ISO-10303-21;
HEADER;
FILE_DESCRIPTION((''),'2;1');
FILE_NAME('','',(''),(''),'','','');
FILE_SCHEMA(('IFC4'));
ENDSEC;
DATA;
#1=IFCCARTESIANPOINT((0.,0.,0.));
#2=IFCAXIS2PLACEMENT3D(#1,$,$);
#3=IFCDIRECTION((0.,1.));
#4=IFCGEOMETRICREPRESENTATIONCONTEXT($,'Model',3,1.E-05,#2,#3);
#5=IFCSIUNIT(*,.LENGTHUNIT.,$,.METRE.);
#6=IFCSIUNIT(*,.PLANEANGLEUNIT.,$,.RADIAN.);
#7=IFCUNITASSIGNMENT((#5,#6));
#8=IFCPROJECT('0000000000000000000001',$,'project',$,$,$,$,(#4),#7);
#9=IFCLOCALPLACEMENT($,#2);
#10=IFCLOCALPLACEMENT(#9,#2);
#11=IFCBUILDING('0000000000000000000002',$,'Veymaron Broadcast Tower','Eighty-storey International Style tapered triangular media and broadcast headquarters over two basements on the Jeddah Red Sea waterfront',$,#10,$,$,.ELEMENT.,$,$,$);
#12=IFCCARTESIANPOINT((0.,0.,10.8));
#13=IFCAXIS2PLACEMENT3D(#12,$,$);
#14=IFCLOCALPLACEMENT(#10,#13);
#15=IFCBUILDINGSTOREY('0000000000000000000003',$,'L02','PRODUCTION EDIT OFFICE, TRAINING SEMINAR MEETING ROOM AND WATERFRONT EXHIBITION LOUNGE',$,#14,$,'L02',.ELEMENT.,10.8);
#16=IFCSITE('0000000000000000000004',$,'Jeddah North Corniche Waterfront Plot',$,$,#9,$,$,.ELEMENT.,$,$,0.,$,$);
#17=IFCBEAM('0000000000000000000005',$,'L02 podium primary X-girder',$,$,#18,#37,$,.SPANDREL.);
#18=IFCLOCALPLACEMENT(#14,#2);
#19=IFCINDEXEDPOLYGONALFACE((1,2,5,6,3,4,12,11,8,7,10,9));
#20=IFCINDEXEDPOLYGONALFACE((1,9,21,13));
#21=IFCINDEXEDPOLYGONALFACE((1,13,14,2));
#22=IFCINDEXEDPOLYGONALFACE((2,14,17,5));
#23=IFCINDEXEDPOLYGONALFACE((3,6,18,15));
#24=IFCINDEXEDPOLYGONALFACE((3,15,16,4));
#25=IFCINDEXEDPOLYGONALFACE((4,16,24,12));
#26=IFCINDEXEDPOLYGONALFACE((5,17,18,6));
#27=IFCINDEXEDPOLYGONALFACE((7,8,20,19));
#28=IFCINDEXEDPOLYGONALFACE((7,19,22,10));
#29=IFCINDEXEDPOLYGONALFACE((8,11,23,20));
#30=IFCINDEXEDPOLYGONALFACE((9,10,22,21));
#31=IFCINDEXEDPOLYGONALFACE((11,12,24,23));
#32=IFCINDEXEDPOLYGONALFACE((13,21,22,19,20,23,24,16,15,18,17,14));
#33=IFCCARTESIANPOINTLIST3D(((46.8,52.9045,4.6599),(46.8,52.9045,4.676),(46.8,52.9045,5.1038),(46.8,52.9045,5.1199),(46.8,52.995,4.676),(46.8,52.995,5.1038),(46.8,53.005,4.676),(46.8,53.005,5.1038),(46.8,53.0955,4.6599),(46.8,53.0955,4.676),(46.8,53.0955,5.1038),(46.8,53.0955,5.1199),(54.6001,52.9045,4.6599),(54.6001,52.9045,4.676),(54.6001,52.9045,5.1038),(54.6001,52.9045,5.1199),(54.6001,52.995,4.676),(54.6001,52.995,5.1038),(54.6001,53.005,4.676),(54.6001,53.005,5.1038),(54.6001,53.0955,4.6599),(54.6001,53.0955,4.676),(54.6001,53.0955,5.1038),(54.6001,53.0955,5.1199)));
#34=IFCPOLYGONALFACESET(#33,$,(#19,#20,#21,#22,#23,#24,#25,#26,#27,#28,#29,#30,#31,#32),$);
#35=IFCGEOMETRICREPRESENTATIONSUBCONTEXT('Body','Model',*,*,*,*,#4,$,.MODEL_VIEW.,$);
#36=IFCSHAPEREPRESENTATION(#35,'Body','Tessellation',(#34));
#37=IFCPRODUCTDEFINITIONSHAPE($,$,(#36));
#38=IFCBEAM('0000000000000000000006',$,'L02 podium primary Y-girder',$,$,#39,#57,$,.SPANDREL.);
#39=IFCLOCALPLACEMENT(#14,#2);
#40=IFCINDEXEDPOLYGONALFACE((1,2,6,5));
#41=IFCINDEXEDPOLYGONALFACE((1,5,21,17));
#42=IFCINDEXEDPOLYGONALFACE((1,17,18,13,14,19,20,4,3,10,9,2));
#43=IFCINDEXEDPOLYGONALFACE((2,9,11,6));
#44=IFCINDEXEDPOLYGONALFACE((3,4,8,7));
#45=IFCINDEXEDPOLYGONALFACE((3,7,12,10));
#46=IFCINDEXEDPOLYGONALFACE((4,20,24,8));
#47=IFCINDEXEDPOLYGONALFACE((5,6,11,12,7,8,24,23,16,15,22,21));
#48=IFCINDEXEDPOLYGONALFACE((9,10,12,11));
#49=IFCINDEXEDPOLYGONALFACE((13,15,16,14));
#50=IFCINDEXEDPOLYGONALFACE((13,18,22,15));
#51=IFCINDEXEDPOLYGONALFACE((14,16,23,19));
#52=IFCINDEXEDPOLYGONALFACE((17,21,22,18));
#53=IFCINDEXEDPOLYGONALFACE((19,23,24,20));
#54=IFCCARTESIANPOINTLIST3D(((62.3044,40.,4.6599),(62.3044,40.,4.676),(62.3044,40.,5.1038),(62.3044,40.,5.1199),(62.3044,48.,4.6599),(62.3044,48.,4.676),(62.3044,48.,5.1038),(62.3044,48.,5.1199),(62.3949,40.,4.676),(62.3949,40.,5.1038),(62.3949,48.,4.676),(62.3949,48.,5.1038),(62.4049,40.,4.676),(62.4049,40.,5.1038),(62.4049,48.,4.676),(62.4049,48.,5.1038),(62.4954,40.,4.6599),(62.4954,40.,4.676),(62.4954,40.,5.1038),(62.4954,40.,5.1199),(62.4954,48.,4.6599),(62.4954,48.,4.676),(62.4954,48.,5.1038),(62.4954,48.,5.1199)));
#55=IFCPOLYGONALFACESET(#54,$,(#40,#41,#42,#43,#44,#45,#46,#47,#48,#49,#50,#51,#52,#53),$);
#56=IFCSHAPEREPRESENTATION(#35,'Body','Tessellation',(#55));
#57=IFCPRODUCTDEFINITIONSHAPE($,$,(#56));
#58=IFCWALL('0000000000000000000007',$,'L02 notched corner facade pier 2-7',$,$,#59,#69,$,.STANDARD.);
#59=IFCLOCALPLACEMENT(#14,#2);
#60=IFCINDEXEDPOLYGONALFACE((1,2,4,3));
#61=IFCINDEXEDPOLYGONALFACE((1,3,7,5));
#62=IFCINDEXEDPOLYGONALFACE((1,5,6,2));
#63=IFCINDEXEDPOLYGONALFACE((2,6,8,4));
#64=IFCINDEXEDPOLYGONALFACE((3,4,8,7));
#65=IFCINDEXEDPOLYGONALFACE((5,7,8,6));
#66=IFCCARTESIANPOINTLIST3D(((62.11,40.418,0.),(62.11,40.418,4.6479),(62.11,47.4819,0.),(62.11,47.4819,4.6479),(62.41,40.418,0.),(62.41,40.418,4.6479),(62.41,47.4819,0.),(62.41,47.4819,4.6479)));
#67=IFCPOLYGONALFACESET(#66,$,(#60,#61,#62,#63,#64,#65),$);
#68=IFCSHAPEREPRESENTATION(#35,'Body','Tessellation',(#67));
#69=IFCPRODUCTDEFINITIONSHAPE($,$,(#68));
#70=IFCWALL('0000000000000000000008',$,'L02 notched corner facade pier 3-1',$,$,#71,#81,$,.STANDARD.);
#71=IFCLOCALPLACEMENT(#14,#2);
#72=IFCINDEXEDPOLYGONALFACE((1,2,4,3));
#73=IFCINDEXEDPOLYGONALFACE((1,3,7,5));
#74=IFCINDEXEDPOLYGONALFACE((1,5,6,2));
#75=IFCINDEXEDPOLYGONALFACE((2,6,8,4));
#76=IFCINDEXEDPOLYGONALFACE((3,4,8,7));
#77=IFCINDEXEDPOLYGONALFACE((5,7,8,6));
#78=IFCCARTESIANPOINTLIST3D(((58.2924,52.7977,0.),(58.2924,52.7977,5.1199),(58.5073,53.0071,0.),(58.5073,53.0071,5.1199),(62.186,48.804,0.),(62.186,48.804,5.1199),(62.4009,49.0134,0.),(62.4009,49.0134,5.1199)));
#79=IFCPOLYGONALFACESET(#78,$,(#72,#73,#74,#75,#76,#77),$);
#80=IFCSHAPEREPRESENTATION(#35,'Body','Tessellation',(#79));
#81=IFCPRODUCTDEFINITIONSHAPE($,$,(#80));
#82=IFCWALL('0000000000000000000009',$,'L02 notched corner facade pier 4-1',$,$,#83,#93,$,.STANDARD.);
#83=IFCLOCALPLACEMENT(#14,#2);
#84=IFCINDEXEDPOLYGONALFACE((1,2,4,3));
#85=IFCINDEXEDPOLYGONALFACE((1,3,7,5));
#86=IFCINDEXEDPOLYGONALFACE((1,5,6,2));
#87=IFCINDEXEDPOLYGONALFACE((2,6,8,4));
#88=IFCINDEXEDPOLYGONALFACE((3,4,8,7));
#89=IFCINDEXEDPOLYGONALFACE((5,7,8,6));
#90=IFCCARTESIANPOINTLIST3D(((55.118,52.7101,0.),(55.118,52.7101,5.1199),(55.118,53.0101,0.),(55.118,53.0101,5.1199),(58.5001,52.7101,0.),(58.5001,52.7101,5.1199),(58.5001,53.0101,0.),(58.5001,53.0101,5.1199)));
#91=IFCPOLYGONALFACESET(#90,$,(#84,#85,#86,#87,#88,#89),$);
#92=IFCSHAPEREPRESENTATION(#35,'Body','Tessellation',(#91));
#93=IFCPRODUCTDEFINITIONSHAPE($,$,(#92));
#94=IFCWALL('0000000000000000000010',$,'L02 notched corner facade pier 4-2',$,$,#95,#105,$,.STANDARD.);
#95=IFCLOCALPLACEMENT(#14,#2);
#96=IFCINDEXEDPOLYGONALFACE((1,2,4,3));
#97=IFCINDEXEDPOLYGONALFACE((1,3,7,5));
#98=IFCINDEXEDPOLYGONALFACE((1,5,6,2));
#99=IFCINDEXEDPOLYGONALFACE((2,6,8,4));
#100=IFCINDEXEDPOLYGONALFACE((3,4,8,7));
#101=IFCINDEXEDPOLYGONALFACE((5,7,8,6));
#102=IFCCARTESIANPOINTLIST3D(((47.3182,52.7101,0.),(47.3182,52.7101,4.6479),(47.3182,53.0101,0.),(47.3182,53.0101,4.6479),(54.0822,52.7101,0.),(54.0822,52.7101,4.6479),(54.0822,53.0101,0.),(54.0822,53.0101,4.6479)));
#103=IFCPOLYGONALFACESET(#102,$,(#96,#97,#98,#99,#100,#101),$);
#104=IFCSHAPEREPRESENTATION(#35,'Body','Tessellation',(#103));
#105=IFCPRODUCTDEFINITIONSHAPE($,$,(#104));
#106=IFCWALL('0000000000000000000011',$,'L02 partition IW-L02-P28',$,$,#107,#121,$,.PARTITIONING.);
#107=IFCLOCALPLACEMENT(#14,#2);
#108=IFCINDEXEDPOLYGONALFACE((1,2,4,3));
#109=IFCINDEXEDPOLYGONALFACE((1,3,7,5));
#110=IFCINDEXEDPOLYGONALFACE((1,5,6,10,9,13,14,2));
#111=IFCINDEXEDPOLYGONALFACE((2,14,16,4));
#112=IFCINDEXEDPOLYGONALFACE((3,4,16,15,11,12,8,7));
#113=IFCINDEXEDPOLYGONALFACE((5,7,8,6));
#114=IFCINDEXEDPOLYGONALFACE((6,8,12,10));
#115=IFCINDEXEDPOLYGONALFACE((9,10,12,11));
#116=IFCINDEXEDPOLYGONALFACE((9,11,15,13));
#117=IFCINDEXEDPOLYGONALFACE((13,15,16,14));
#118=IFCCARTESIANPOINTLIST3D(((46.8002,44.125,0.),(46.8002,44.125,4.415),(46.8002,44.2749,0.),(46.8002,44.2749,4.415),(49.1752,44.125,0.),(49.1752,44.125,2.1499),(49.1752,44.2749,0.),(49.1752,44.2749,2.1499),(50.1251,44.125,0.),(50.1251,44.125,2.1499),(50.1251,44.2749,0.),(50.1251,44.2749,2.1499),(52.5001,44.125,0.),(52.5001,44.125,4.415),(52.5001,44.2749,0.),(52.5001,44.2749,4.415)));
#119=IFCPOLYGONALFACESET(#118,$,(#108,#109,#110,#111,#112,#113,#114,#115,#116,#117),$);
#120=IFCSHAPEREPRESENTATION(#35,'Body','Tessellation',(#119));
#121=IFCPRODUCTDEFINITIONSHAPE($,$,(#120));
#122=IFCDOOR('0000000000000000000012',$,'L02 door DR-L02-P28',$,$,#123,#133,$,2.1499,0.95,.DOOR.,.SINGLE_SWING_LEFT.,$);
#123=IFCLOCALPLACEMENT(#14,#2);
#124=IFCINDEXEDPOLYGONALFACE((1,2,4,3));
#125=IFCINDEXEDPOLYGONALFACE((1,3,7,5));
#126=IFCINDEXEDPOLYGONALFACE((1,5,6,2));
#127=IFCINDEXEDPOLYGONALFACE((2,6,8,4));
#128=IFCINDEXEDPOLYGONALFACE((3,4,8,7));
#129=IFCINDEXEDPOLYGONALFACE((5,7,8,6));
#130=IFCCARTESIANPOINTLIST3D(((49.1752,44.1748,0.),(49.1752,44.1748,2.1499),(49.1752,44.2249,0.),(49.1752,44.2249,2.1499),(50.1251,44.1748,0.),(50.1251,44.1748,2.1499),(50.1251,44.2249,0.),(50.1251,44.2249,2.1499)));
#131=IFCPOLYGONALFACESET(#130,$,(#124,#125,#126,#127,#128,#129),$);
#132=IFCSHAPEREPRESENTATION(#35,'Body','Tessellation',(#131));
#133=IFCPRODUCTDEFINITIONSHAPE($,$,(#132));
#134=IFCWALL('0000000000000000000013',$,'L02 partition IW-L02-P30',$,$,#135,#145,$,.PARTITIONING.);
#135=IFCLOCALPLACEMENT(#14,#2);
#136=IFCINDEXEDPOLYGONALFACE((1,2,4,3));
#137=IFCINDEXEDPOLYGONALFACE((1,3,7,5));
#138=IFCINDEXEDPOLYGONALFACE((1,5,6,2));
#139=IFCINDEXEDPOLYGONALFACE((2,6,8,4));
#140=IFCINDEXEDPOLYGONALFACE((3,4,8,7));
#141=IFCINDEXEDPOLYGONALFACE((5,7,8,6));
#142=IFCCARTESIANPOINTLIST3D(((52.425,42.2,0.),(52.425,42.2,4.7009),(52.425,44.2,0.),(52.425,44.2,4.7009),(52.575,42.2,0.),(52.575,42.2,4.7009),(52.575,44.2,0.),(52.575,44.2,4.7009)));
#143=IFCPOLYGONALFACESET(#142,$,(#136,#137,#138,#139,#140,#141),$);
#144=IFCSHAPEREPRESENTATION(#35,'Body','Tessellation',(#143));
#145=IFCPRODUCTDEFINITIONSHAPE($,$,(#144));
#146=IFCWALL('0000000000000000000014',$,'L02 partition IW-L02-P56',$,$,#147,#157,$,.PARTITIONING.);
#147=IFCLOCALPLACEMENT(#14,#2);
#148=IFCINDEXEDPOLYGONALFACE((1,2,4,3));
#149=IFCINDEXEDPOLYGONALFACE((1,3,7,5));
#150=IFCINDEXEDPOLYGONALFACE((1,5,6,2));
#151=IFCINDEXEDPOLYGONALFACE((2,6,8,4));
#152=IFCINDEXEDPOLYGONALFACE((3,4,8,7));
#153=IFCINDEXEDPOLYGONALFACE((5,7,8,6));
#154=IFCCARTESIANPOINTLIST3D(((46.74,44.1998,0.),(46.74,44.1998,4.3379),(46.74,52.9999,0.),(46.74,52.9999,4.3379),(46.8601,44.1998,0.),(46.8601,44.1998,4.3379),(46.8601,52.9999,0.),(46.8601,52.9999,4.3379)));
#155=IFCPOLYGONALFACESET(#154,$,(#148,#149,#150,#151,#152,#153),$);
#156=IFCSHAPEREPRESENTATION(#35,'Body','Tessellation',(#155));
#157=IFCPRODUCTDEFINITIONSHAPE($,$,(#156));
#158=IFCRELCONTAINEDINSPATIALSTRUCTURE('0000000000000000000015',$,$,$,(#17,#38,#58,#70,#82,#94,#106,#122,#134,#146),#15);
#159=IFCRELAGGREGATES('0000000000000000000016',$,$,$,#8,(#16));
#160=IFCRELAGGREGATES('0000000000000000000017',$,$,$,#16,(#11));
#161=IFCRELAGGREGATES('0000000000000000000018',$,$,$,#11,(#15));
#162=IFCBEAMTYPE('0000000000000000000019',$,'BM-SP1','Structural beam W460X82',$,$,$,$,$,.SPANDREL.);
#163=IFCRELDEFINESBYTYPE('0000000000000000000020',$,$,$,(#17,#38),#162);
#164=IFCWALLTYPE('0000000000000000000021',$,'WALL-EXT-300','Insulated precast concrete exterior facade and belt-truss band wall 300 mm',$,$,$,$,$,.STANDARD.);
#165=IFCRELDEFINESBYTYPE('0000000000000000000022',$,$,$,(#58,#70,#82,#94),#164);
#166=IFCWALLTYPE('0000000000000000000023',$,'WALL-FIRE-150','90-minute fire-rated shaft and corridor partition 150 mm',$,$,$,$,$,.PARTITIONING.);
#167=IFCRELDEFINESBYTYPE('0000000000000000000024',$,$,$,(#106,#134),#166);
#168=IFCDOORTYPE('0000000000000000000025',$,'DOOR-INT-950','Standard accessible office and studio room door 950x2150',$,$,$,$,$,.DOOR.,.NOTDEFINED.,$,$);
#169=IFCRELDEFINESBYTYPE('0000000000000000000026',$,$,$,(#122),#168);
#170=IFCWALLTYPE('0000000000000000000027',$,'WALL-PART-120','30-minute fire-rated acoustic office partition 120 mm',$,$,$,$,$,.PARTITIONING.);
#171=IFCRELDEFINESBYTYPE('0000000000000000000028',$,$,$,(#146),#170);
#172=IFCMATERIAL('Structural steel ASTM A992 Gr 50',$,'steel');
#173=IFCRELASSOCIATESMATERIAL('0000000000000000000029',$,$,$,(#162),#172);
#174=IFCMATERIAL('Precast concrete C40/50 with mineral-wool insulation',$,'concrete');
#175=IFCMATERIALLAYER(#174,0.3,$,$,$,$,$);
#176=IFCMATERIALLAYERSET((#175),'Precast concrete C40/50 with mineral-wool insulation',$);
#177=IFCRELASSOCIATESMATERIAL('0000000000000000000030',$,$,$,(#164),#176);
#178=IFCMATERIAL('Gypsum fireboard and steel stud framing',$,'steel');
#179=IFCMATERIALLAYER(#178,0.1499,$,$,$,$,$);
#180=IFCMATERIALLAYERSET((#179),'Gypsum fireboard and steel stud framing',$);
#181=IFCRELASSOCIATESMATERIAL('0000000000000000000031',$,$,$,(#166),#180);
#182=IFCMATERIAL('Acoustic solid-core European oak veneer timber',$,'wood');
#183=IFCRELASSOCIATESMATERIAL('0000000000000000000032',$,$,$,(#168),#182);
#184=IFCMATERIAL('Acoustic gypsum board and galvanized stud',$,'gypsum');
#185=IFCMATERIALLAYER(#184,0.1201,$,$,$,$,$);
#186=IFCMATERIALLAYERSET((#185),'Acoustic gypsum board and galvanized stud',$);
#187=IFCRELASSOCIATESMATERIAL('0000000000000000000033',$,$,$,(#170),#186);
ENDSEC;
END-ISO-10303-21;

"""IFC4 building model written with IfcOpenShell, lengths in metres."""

from ifc_helpers import new_model, si_unit, direction, frame, frame_2d, origin, origin_2d, place, context, subcontext, project, spatial, rectangle, i_section, extrude, material, layer, layer_set, material_profile, profile_set, type_object, element, fill, save


model = new_model("IFC4")

# Units and contexts
model_context = context("Model", 3, precision=1e-05, world=origin(), true_north=direction((0.0, 1.0)))
body_context = subcontext(model_context, "Body", "Model", "MODEL_VIEW")
ifc_project = project(units=[si_unit("LENGTHUNIT", "METRE"), si_unit("PLANEANGLEUNIT", "RADIAN")], contexts=[model_context])

# Site, building, storey
site_placement = place(None, origin())
site = spatial("IfcSite", under=ifc_project, at=site_placement, Name="Jeddah North Corniche Waterfront Plot", CompositionType="ELEMENT", RefElevation=0.0)
building_placement = place(site_placement, origin())
building = spatial("IfcBuilding", under=site, at=building_placement, Name="Veymaron Broadcast Tower", Description="Eighty-storey International Style tapered triangular media and broadcast headquarters over two basements on the Jeddah Red Sea waterfront", CompositionType="ELEMENT")
storey_placement = place(building_placement, frame((0.0, 0.0, 10.8)))
storey = spatial("IfcBuildingStorey", under=building, at=storey_placement, Name="L02", Description="PRODUCTION EDIT OFFICE, TRAINING SEMINAR MEETING ROOM AND WATERFRONT EXHIBITION LOUNGE", LongName="L02", CompositionType="ELEMENT", Elevation=10.8)

# Shared definitions
ifc_material_1 = material(Name="Structural steel ASTM A992 Gr 50", Category="steel")

# Beams
ifc_material_profile_1 = material_profile(ifc_material_1, i_section(OverallWidth=0.1909, OverallDepth=0.46, WebThickness=0.01, FlangeThickness=0.0161, at=origin_2d()), Name="W460X82")
ifc_profile_set_1 = profile_set([ifc_material_profile_1], Name="Structural steel ASTM A992 Gr 50")
beam_type_1 = type_object("IfcBeamType", Name="BM-SP1", Description="Structural beam W460X82", PredefinedType="SPANDREL", material=ifc_profile_set_1)
beam_1_placement = place(storey_placement, frame((46.8, 53.0, 4.8899), z_axis=(1.0, 0.0, 0.0), x_axis=(0.0, 1.0, 0.0)))
element("IfcBeam", 1, at=beam_1_placement, inside=storey, type_object=beam_type_1, Name="L02 podium primary X-girder", PredefinedType="SPANDREL", context=body_context, shape_type="SweptSolid", body=[
    extrude(i_section(OverallWidth=0.1909, OverallDepth=0.46, WebThickness=0.01, FlangeThickness=0.0161, at=origin_2d()), origin(), (0.0, 0.0, 1.0), 7.8),
])
beam_2_placement = place(storey_placement, frame((62.3999, 40.0, 4.8899), z_axis=(0.0, 1.0, 0.0), x_axis=(-1.0, 0.0, 0.0)))
element("IfcBeam", 2, at=beam_2_placement, inside=storey, type_object=beam_type_1, Name="L02 podium primary Y-girder", PredefinedType="SPANDREL", context=body_context, shape_type="SweptSolid", body=[
    extrude(i_section(OverallWidth=0.1909, OverallDepth=0.46, WebThickness=0.01, FlangeThickness=0.0161, at=origin_2d()), origin(), (0.0, 0.0, 1.0), 8.0),
])

# Walls
ifc_material_2 = material(Name="Precast concrete C40/50 with mineral-wool insulation", Category="concrete")
ifc_layer_1 = layer(ifc_material_2, 0.3)
ifc_layer_set_1 = layer_set([ifc_layer_1], Name="Precast concrete C40/50 with mineral-wool insulation")
wall_type_1 = type_object("IfcWallType", Name="WALL-EXT-300", Description="Insulated precast concrete exterior facade and belt-truss band wall 300 mm", PredefinedType="STANDARD", material=ifc_layer_set_1)
wall_1_placement = place(storey_placement, frame((62.26, 40.418, 0.0), z_axis=(0.0, 0.0, 1.0), x_axis=(0.0, 1.0, 0.0)))
element("IfcWall", 3, at=wall_1_placement, inside=storey, type_object=wall_type_1, Name="L02 notched corner facade pier 2-7", PredefinedType="STANDARD", context=body_context, shape_type="SweptSolid", body=[
    extrude(rectangle(XDim=7.064, YDim=0.3, at=frame_2d((3.532, 0.0))), origin(), (0.0, 0.0, 1.0), 4.6479),
])
wall_2_placement = place(storey_placement, frame((62.2935, 48.9087, 0.0), z_axis=(0.0, 0.0, 1.0), x_axis=(-0.698077, 0.716023, 0.0)))
element("IfcWall", 4, at=wall_2_placement, inside=storey, type_object=wall_type_1, Name="L02 notched corner facade pier 3-1", PredefinedType="STANDARD", context=body_context, shape_type="SweptSolid", body=[
    extrude(rectangle(XDim=5.5776, YDim=0.3, at=frame_2d((2.7888, 0.0))), origin(), (0.0, 0.0, 1.0), 5.1199),
])
wall_3_placement = place(storey_placement, frame((58.5, 52.8601, 0.0), z_axis=(0.0, 0.0, 1.0), x_axis=(-1.0, 0.0, 0.0)))
element("IfcWall", 5, at=wall_3_placement, inside=storey, type_object=wall_type_1, Name="L02 notched corner facade pier 4-1", PredefinedType="STANDARD", context=body_context, shape_type="SweptSolid", body=[
    extrude(rectangle(XDim=3.3821, YDim=0.3, at=frame_2d((1.6909, 0.0))), origin(), (0.0, 0.0, 1.0), 5.1199),
])
wall_4_placement = place(storey_placement, frame((54.082, 52.8601, 0.0), z_axis=(0.0, 0.0, 1.0), x_axis=(-1.0, 0.0, 0.0)))
element("IfcWall", 6, at=wall_4_placement, inside=storey, type_object=wall_type_1, Name="L02 notched corner facade pier 4-2", PredefinedType="STANDARD", context=body_context, shape_type="SweptSolid", body=[
    extrude(rectangle(XDim=6.7639, YDim=0.3, at=frame_2d((3.3818, 0.0))), origin(), (0.0, 0.0, 1.0), 4.6479),
])

# Wall, opening, door
ifc_material_3 = material(Name="Gypsum fireboard and steel stud framing", Category="steel")
ifc_layer_2 = layer(ifc_material_3, 0.1499)
ifc_layer_set_2 = layer_set([ifc_layer_2], Name="Gypsum fireboard and steel stud framing")
wall_type_2 = type_object("IfcWallType", Name="WALL-FIRE-150", Description="90-minute fire-rated shaft and corridor partition 150 mm", PredefinedType="PARTITIONING", material=ifc_layer_set_2)
wall_5_placement = place(storey_placement, frame((46.8, 44.2, 0.0), z_axis=(0.0, 0.0, 1.0), x_axis=(1.0, 0.0, 0.0)))
wall_5 = element("IfcWall", 7, at=wall_5_placement, inside=storey, type_object=wall_type_2, Name="L02 partition IW-L02-P28", PredefinedType="PARTITIONING", context=body_context, shape_type="SweptSolid", body=[
    extrude(rectangle(XDim=5.7, YDim=0.1499, at=frame_2d((2.8501, 0.0))), origin(), (0.0, 0.0, 1.0), 4.415),
])
opening_placement = place(wall_5_placement, frame((2.375, 0.0, 0.0)))
opening = element("IfcOpeningElement", 8, at=opening_placement, cuts=wall_5, PredefinedType="OPENING", context=body_context, shape_type="SweptSolid", body=[
    extrude(rectangle(XDim=0.95, YDim=2.1499, at=frame_2d((0.4751, 1.075))), frame((0.0, 0.085, 0.0), z_axis=(0.0, -1.0, 0.0), x_axis=(1.0, 0.0, 0.0)), (0.0, 0.0, 1.0), 0.1699),
])
ifc_material_4 = material(Name="Acoustic solid-core European oak veneer timber", Category="wood")
door_type = type_object("IfcDoorType", Name="DOOR-INT-950", Description="Standard accessible office and studio room door 950x2150", OperationType="NOTDEFINED", PredefinedType="DOOR", material=ifc_material_4)
door_placement = place(opening_placement, origin())
door = element("IfcDoor", 9, at=door_placement, inside=storey, type_object=door_type, Name="L02 door DR-L02-P28", OperationType="SINGLE_SWING_LEFT", OverallHeight=2.1499, OverallWidth=0.95, PredefinedType="DOOR", context=body_context, shape_type="SweptSolid", body=[
    extrude(rectangle(XDim=0.95, YDim=2.1499, at=frame_2d((0.4751, 1.075))), frame((0.0, 0.0249, 0.0), z_axis=(0.0, -1.0, 0.0), x_axis=(1.0, 0.0, 0.0)), (0.0, 0.0, 1.0), 0.05),
])
fill(opening, door)

# Walls
wall_6_placement = place(storey_placement, frame((52.5, 42.2, 0.0), z_axis=(0.0, 0.0, 1.0), x_axis=(0.0, 1.0, 0.0)))
element("IfcWall", 10, at=wall_6_placement, inside=storey, type_object=wall_type_2, Name="L02 partition IW-L02-P30", PredefinedType="PARTITIONING", context=body_context, shape_type="SweptSolid", body=[
    extrude(rectangle(XDim=2.0, YDim=0.1499, at=frame_2d((1.0, 0.0))), origin(), (0.0, 0.0, 1.0), 4.7009),
])
ifc_material_5 = material(Name="Acoustic gypsum board and galvanized stud", Category="gypsum")
ifc_layer_3 = layer(ifc_material_5, 0.1201)
ifc_layer_set_3 = layer_set([ifc_layer_3], Name="Acoustic gypsum board and galvanized stud")
wall_type_3 = type_object("IfcWallType", Name="WALL-PART-120", Description="30-minute fire-rated acoustic office partition 120 mm", PredefinedType="PARTITIONING", material=ifc_layer_set_3)
wall_7_placement = place(storey_placement, frame((46.8, 44.2, 0.0), z_axis=(0.0, 0.0, 1.0), x_axis=(0.0, 1.0, 0.0)))
element("IfcWall", 11, at=wall_7_placement, inside=storey, type_object=wall_type_3, Name="L02 partition IW-L02-P56", PredefinedType="PARTITIONING", context=body_context, shape_type="SweptSolid", body=[
    extrude(rectangle(XDim=8.8, YDim=0.1201, at=frame_2d((4.3999, 0.0))), origin(), (0.0, 0.0, 1.0), 4.3379),
])

save(model, "model.ifc")
